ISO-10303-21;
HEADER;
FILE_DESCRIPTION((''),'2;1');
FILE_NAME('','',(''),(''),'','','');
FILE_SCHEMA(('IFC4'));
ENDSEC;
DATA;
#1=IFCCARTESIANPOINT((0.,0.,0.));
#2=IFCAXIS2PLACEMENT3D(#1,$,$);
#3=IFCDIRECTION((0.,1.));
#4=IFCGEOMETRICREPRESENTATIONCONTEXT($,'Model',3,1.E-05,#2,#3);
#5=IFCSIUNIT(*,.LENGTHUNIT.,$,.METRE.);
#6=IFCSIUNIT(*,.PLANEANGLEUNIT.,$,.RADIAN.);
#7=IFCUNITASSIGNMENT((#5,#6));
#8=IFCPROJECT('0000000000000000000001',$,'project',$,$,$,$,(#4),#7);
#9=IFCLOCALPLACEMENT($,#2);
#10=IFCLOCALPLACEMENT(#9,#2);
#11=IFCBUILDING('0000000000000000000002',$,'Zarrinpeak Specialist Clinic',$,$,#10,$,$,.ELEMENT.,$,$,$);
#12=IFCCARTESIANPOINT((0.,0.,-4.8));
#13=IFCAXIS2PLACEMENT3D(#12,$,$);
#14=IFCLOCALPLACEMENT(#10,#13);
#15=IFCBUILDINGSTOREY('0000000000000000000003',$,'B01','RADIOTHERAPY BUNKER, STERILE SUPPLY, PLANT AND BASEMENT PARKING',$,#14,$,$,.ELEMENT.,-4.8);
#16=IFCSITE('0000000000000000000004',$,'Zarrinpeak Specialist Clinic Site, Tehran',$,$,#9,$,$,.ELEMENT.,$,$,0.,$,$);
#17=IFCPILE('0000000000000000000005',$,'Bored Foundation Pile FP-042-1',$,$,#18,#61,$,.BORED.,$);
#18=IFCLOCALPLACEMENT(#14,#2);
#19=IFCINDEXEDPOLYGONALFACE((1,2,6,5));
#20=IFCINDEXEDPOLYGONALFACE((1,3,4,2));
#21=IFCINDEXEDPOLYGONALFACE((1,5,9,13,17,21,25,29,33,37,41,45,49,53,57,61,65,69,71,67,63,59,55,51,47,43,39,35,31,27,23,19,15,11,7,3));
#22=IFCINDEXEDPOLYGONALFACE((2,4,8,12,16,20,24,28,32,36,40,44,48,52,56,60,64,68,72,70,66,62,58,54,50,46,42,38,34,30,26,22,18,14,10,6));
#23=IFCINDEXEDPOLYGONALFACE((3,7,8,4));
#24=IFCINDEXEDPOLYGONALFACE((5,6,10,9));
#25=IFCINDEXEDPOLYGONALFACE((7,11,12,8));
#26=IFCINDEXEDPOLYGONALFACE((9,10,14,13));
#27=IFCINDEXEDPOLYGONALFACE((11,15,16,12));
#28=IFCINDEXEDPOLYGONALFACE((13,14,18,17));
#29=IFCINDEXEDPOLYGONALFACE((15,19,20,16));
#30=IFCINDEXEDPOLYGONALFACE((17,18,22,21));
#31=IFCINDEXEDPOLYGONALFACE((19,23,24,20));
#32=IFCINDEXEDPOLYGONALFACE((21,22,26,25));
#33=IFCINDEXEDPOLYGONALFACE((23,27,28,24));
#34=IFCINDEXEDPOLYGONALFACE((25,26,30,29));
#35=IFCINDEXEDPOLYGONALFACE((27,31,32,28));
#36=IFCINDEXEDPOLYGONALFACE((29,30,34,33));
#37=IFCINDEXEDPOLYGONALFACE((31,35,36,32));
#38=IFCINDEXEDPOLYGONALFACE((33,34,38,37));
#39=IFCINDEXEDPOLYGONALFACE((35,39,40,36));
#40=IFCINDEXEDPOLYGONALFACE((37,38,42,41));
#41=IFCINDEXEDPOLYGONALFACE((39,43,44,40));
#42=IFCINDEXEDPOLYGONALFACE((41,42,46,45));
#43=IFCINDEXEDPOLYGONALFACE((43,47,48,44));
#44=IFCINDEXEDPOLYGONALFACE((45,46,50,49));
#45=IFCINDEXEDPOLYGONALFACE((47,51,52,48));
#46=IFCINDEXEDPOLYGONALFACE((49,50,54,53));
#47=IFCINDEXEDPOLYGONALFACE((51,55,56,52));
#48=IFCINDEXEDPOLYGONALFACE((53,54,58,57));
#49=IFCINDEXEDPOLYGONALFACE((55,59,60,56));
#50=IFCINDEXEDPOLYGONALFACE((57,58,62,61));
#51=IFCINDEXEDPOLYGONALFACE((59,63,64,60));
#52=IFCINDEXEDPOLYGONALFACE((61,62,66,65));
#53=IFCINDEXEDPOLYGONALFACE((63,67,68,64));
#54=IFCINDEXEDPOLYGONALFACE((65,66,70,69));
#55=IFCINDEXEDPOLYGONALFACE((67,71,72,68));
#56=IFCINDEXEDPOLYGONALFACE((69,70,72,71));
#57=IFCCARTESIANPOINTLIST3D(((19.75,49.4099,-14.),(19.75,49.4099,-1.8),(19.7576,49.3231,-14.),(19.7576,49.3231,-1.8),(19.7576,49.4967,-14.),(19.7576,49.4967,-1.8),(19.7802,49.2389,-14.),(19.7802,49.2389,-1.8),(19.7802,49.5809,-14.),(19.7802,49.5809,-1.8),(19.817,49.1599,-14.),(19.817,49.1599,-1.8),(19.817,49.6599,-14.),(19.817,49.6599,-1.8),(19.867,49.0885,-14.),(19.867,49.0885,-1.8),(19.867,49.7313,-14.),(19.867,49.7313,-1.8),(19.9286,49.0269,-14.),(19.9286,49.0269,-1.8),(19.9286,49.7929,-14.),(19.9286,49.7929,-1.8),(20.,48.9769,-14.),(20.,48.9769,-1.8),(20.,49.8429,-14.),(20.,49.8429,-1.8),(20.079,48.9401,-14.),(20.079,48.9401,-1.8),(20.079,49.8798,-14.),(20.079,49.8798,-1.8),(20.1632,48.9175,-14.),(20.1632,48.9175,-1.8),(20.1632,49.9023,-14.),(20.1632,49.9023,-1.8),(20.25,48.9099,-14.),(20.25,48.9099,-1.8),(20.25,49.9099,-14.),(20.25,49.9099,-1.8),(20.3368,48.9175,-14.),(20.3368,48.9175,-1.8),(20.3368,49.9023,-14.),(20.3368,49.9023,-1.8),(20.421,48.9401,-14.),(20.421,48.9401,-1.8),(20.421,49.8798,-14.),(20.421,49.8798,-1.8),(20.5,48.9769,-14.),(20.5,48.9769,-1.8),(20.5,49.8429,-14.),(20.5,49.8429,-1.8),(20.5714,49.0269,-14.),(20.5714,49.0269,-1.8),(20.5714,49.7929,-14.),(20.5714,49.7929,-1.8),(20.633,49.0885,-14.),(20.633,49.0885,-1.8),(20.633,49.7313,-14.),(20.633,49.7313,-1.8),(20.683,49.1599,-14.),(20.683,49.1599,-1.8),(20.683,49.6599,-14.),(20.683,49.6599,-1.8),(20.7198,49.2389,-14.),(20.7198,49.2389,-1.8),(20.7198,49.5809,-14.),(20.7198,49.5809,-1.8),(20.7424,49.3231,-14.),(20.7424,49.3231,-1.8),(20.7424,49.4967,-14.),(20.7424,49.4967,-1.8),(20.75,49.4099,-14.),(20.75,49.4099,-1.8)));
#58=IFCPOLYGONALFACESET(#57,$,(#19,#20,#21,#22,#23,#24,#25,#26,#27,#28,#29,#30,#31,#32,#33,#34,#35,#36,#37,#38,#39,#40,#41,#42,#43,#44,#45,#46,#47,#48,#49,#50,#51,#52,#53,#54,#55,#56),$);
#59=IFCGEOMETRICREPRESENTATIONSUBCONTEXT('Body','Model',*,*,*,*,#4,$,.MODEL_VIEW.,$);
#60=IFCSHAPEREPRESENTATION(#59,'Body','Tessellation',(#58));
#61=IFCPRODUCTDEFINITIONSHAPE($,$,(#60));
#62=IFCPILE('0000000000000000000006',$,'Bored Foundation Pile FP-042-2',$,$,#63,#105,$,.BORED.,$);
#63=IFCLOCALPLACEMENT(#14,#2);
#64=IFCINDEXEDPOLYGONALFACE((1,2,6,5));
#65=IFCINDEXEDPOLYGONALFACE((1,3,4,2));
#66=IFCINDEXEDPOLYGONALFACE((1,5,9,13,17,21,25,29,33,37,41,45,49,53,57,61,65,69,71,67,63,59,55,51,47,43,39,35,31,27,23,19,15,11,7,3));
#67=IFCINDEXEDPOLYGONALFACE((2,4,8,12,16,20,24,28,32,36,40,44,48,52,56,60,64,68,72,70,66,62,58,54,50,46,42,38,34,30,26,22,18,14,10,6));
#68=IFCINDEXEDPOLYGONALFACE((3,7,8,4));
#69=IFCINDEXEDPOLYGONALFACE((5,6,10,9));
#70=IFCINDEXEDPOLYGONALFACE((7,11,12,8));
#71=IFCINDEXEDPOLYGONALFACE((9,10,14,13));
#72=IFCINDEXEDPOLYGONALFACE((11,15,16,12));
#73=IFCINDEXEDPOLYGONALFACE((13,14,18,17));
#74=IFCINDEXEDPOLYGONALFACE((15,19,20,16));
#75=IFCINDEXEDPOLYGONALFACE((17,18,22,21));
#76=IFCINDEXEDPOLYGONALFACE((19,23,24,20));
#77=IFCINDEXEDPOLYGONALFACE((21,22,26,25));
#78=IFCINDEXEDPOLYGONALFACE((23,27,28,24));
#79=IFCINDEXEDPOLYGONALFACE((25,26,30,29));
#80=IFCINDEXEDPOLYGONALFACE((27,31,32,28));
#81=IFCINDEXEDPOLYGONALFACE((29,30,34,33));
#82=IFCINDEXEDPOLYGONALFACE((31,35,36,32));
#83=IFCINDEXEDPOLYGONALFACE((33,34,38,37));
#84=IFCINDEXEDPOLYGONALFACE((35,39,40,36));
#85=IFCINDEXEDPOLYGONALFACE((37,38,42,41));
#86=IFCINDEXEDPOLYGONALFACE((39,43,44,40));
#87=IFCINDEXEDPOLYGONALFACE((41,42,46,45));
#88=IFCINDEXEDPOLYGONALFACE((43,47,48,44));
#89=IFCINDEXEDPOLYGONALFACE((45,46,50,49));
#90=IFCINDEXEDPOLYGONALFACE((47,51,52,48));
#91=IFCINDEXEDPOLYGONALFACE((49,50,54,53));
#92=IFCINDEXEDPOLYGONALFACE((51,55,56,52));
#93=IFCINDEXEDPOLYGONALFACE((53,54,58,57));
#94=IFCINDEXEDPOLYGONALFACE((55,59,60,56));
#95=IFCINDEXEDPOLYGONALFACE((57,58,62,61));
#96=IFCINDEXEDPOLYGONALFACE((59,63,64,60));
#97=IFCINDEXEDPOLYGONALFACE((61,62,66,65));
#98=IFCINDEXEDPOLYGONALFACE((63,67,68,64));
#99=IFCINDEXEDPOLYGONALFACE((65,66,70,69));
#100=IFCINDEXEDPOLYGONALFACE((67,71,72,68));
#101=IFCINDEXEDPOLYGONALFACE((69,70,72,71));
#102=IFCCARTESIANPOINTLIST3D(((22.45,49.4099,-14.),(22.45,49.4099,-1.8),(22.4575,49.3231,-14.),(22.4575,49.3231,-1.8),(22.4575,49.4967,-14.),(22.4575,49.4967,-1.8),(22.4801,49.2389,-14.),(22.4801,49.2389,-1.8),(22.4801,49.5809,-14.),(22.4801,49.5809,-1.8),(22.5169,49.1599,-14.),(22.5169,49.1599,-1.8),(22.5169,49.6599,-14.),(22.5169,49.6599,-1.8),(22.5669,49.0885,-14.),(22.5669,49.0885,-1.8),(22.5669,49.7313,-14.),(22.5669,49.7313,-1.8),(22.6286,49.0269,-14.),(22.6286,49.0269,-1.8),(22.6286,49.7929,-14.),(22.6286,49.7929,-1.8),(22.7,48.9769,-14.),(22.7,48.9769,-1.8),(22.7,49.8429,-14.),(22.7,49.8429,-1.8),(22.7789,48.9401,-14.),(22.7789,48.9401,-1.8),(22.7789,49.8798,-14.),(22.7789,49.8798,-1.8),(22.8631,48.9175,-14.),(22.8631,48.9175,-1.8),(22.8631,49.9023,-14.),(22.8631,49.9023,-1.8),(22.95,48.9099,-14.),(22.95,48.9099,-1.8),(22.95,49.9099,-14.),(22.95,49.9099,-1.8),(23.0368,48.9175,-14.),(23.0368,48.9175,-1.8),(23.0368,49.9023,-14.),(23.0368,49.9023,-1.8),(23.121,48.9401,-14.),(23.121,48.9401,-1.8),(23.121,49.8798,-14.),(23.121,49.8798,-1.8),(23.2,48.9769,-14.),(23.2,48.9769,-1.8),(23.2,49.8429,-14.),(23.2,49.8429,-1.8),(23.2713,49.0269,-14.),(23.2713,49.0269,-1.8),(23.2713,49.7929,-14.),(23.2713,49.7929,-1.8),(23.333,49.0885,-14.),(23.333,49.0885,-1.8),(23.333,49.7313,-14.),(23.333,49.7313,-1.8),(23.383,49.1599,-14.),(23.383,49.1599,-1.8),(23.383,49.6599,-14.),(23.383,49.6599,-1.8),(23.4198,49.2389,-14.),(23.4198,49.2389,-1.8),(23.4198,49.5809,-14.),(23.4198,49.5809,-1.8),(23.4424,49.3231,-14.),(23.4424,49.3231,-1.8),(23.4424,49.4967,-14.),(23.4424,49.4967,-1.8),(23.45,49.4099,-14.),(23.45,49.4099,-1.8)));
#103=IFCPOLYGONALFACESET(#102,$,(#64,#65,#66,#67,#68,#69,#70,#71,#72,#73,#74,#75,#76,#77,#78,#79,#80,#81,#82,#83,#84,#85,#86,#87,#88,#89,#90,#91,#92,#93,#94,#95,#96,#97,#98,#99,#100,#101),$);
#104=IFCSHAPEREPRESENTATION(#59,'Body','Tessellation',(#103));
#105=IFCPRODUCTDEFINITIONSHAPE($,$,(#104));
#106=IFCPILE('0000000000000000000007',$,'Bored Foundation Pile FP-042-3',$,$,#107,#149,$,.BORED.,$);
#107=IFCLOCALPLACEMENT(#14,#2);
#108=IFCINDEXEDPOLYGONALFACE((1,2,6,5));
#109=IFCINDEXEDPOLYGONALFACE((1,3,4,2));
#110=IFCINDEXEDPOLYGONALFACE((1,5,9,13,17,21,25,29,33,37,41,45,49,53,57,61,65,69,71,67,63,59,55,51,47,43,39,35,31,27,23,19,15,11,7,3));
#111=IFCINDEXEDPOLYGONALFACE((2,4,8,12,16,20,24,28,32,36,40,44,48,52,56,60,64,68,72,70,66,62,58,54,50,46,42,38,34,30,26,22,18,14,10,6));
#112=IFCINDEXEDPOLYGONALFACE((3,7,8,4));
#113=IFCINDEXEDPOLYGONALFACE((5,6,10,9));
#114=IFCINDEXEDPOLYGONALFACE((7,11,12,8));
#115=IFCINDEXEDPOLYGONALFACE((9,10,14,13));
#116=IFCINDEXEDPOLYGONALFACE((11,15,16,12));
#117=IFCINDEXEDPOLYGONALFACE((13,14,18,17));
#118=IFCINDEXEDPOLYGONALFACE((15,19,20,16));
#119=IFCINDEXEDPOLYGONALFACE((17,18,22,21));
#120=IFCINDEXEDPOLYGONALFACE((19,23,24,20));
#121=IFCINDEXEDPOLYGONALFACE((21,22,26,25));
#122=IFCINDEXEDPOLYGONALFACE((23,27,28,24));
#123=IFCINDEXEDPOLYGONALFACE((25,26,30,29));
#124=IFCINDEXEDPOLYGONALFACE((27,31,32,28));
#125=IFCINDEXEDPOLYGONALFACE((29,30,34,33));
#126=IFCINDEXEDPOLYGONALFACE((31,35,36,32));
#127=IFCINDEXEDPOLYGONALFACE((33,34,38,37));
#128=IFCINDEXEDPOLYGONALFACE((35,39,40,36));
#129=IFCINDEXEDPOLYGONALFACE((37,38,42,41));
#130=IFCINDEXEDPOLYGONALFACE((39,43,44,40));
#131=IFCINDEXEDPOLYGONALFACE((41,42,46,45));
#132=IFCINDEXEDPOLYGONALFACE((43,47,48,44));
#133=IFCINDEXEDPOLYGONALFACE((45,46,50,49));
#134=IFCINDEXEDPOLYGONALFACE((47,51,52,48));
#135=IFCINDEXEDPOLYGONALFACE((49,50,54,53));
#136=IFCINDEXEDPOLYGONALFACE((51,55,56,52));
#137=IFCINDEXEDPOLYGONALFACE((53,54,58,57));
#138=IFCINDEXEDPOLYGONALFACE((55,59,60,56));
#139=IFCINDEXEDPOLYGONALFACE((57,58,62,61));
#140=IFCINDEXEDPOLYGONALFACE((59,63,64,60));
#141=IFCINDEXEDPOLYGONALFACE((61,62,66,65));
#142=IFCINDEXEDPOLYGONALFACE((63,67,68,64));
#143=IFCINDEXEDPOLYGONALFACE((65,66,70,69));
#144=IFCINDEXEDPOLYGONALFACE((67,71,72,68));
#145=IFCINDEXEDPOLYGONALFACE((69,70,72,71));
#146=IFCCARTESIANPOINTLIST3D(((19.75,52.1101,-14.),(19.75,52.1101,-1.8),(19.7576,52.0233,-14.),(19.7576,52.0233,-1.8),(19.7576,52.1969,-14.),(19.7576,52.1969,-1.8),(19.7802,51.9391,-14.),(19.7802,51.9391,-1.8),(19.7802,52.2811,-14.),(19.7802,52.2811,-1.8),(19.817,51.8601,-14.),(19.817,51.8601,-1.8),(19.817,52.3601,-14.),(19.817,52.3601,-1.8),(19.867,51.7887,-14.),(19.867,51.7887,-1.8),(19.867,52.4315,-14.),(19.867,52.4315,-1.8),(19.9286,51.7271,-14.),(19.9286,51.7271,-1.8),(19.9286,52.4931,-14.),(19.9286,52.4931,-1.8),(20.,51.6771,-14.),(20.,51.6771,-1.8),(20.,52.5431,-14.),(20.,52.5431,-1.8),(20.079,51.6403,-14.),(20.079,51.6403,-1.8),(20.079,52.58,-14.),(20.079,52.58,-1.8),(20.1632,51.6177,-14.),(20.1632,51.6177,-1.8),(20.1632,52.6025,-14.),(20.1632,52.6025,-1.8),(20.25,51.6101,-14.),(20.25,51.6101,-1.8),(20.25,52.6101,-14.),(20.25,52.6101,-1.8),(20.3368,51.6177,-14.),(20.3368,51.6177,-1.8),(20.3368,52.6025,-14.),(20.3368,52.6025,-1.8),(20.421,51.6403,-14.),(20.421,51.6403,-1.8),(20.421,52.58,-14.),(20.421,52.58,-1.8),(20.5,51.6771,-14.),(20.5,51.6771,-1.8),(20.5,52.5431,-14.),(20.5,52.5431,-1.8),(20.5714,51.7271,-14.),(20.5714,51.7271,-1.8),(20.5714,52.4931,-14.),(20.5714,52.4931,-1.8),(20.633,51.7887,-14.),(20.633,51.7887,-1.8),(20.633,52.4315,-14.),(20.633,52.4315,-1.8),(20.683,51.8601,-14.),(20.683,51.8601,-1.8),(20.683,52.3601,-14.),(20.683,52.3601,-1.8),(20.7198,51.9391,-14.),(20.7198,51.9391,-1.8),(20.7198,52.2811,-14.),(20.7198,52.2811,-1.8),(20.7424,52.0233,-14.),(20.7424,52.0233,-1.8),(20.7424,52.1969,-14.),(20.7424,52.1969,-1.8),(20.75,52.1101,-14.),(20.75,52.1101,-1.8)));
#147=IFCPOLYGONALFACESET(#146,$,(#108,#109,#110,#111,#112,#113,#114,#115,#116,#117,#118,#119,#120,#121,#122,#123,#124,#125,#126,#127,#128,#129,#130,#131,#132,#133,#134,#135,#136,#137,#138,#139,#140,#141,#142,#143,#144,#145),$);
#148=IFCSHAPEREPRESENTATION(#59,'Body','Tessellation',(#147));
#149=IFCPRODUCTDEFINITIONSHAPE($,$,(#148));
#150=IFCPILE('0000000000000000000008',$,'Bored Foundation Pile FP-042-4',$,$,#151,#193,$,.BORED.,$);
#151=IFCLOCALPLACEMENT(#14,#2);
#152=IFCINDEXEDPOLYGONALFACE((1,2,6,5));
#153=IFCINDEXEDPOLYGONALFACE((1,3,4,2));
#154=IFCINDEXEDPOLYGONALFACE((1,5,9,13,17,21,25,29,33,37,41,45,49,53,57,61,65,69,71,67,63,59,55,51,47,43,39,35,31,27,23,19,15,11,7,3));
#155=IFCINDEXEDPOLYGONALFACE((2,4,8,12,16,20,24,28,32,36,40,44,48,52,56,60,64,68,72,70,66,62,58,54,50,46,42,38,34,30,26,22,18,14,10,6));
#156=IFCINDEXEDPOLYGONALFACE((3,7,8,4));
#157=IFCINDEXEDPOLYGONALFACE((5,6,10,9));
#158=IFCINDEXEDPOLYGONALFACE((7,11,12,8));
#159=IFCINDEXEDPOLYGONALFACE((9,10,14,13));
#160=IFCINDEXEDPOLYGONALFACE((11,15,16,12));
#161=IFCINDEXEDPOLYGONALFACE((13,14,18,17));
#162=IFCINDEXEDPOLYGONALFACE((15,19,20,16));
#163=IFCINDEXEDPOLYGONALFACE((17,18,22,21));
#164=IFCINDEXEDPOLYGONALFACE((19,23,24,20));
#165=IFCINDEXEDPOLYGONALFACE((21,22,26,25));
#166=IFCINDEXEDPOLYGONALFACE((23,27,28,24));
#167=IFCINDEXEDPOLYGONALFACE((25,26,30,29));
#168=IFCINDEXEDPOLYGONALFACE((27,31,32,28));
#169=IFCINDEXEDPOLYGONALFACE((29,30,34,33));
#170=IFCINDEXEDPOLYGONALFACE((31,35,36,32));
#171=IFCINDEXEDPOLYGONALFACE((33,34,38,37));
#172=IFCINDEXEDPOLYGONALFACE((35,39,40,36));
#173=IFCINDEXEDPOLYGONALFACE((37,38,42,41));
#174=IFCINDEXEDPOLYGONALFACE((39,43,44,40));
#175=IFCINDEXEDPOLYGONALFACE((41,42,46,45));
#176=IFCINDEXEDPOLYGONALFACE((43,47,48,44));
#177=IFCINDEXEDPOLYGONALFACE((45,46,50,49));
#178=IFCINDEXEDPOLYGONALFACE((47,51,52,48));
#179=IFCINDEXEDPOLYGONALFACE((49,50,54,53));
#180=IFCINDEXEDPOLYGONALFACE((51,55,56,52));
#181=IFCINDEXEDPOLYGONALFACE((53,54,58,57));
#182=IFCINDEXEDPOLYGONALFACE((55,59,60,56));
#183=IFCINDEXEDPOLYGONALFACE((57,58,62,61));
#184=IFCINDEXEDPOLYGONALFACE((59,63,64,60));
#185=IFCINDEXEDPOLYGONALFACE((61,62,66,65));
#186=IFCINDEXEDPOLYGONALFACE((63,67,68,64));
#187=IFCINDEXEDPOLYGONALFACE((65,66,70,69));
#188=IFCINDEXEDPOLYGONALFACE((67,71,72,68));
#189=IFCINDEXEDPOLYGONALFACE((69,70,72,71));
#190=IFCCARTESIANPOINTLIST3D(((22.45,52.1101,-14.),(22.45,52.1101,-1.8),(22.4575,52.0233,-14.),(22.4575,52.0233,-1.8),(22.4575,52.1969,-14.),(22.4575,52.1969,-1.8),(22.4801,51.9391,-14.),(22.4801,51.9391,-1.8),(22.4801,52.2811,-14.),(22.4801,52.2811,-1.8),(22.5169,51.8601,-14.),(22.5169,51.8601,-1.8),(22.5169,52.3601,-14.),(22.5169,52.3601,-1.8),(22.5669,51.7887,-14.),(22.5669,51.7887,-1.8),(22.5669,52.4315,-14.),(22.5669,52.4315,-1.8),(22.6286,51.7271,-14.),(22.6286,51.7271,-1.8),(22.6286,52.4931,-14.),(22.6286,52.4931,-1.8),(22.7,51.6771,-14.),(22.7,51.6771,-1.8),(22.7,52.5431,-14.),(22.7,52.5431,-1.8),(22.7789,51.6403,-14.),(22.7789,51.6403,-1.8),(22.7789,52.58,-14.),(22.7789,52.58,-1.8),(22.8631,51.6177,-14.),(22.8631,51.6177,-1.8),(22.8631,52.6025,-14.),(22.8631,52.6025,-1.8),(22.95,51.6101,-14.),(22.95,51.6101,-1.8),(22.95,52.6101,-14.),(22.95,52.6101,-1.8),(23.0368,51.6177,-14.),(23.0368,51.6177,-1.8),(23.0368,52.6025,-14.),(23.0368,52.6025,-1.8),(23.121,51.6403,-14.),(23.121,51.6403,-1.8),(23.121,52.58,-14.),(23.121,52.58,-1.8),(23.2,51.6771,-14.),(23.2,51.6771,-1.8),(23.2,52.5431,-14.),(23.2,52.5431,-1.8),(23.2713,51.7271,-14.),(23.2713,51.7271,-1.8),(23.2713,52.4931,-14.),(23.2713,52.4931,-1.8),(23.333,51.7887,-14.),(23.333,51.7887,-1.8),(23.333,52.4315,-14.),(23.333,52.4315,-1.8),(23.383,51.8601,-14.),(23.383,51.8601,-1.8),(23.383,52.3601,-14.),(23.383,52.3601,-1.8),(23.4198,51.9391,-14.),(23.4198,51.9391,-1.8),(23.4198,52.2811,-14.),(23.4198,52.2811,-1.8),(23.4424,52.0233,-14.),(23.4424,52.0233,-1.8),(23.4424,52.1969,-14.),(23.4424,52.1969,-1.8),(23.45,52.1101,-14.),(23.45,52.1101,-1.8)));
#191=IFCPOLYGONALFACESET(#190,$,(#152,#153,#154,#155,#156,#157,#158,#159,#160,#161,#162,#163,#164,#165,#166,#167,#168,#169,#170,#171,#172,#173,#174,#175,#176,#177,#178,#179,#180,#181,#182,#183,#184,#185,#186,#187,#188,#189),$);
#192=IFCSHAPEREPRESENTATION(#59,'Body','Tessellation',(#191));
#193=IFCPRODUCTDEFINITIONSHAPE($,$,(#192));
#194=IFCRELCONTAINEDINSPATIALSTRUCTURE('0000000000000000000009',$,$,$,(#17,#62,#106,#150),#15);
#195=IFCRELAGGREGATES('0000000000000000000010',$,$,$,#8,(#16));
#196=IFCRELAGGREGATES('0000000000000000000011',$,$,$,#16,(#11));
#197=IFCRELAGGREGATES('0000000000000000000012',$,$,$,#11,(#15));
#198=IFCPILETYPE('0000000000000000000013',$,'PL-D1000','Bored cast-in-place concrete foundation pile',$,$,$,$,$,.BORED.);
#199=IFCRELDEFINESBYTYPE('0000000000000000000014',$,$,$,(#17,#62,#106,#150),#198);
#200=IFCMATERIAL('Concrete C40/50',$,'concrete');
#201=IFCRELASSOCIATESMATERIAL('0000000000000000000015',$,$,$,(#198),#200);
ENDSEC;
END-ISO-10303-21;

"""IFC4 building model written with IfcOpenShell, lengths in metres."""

from ifc_helpers import new_model, si_unit, direction, frame, origin, origin_2d, place, context, subcontext, project, spatial, circle, extrude, material, material_profile, profile_set, type_object, element, save


model = new_model("IFC4")

# Units and contexts
model_context = context("Model", 3, precision=1e-05, world=origin(), true_north=direction((0.0, 1.0)))
body_context = subcontext(model_context, "Body", "Model", "MODEL_VIEW")
ifc_project = project(units=[si_unit("LENGTHUNIT", "METRE"), si_unit("PLANEANGLEUNIT", "RADIAN")], contexts=[model_context])

# Site, building, storey
site_placement = place(None, origin())
site = spatial("IfcSite", under=ifc_project, at=site_placement, Name="Zarrinpeak Specialist Clinic Site, Tehran", CompositionType="ELEMENT", RefElevation=0.0)
building_placement = place(site_placement, origin())
building = spatial("IfcBuilding", under=site, at=building_placement, Name="Zarrinpeak Specialist Clinic", CompositionType="ELEMENT")
storey_placement = place(building_placement, frame((0.0, 0.0, -4.8)))
storey = spatial("IfcBuildingStorey", under=building, at=storey_placement, Name="B01", Description="RADIOTHERAPY BUNKER, STERILE SUPPLY, PLANT AND BASEMENT PARKING", CompositionType="ELEMENT", Elevation=-4.8)

# Shared definitions
ifc_material_1 = material(Name="Concrete C40/50", Category="concrete")

# Piles
ifc_material_profile_1 = material_profile(ifc_material_1, circle(Radius=0.5, at=origin_2d()), Name="BORED PILE D1000")
ifc_profile_set_1 = profile_set([ifc_material_profile_1], Name="Concrete C40/50")
pile_type = type_object("IfcPileType", Name="PL-D1000", Description="Bored cast-in-place concrete foundation pile", PredefinedType="BORED", material=ifc_profile_set_1)
for number, where, z_axis, x_axis, name in (
    (1, (20.25, 49.4099, -1.8), (0.0, 0.0, -1.0), (1.0, 0.0, 0.0), "Bored Foundation Pile FP-042-1"),
    (2, (22.95, 49.4099, -1.8), (0.0, 0.0, -1.0), (1.0, 0.0, 0.0), "Bored Foundation Pile FP-042-2"),
    (3, (20.25, 52.1101, -1.8), (0.0, 0.0, -1.0), (1.0, 0.0, 0.0), "Bored Foundation Pile FP-042-3"),
    (4, (22.95, 52.1101, -1.8), (0.0, 0.0, -1.0), (1.0, 0.0, 0.0), "Bored Foundation Pile FP-042-4"),
):
    element("IfcPile", number, at=place(storey_placement, frame(where, z_axis=z_axis, x_axis=x_axis)), inside=storey, type_object=pile_type, Name=name, PredefinedType="BORED", context=body_context, shape_type="SweptSolid", body=[
        extrude(circle(Radius=0.5, at=origin_2d()), origin(), (0.0, 0.0, 1.0), 12.2),
    ])

save(model, "model.ifc")
